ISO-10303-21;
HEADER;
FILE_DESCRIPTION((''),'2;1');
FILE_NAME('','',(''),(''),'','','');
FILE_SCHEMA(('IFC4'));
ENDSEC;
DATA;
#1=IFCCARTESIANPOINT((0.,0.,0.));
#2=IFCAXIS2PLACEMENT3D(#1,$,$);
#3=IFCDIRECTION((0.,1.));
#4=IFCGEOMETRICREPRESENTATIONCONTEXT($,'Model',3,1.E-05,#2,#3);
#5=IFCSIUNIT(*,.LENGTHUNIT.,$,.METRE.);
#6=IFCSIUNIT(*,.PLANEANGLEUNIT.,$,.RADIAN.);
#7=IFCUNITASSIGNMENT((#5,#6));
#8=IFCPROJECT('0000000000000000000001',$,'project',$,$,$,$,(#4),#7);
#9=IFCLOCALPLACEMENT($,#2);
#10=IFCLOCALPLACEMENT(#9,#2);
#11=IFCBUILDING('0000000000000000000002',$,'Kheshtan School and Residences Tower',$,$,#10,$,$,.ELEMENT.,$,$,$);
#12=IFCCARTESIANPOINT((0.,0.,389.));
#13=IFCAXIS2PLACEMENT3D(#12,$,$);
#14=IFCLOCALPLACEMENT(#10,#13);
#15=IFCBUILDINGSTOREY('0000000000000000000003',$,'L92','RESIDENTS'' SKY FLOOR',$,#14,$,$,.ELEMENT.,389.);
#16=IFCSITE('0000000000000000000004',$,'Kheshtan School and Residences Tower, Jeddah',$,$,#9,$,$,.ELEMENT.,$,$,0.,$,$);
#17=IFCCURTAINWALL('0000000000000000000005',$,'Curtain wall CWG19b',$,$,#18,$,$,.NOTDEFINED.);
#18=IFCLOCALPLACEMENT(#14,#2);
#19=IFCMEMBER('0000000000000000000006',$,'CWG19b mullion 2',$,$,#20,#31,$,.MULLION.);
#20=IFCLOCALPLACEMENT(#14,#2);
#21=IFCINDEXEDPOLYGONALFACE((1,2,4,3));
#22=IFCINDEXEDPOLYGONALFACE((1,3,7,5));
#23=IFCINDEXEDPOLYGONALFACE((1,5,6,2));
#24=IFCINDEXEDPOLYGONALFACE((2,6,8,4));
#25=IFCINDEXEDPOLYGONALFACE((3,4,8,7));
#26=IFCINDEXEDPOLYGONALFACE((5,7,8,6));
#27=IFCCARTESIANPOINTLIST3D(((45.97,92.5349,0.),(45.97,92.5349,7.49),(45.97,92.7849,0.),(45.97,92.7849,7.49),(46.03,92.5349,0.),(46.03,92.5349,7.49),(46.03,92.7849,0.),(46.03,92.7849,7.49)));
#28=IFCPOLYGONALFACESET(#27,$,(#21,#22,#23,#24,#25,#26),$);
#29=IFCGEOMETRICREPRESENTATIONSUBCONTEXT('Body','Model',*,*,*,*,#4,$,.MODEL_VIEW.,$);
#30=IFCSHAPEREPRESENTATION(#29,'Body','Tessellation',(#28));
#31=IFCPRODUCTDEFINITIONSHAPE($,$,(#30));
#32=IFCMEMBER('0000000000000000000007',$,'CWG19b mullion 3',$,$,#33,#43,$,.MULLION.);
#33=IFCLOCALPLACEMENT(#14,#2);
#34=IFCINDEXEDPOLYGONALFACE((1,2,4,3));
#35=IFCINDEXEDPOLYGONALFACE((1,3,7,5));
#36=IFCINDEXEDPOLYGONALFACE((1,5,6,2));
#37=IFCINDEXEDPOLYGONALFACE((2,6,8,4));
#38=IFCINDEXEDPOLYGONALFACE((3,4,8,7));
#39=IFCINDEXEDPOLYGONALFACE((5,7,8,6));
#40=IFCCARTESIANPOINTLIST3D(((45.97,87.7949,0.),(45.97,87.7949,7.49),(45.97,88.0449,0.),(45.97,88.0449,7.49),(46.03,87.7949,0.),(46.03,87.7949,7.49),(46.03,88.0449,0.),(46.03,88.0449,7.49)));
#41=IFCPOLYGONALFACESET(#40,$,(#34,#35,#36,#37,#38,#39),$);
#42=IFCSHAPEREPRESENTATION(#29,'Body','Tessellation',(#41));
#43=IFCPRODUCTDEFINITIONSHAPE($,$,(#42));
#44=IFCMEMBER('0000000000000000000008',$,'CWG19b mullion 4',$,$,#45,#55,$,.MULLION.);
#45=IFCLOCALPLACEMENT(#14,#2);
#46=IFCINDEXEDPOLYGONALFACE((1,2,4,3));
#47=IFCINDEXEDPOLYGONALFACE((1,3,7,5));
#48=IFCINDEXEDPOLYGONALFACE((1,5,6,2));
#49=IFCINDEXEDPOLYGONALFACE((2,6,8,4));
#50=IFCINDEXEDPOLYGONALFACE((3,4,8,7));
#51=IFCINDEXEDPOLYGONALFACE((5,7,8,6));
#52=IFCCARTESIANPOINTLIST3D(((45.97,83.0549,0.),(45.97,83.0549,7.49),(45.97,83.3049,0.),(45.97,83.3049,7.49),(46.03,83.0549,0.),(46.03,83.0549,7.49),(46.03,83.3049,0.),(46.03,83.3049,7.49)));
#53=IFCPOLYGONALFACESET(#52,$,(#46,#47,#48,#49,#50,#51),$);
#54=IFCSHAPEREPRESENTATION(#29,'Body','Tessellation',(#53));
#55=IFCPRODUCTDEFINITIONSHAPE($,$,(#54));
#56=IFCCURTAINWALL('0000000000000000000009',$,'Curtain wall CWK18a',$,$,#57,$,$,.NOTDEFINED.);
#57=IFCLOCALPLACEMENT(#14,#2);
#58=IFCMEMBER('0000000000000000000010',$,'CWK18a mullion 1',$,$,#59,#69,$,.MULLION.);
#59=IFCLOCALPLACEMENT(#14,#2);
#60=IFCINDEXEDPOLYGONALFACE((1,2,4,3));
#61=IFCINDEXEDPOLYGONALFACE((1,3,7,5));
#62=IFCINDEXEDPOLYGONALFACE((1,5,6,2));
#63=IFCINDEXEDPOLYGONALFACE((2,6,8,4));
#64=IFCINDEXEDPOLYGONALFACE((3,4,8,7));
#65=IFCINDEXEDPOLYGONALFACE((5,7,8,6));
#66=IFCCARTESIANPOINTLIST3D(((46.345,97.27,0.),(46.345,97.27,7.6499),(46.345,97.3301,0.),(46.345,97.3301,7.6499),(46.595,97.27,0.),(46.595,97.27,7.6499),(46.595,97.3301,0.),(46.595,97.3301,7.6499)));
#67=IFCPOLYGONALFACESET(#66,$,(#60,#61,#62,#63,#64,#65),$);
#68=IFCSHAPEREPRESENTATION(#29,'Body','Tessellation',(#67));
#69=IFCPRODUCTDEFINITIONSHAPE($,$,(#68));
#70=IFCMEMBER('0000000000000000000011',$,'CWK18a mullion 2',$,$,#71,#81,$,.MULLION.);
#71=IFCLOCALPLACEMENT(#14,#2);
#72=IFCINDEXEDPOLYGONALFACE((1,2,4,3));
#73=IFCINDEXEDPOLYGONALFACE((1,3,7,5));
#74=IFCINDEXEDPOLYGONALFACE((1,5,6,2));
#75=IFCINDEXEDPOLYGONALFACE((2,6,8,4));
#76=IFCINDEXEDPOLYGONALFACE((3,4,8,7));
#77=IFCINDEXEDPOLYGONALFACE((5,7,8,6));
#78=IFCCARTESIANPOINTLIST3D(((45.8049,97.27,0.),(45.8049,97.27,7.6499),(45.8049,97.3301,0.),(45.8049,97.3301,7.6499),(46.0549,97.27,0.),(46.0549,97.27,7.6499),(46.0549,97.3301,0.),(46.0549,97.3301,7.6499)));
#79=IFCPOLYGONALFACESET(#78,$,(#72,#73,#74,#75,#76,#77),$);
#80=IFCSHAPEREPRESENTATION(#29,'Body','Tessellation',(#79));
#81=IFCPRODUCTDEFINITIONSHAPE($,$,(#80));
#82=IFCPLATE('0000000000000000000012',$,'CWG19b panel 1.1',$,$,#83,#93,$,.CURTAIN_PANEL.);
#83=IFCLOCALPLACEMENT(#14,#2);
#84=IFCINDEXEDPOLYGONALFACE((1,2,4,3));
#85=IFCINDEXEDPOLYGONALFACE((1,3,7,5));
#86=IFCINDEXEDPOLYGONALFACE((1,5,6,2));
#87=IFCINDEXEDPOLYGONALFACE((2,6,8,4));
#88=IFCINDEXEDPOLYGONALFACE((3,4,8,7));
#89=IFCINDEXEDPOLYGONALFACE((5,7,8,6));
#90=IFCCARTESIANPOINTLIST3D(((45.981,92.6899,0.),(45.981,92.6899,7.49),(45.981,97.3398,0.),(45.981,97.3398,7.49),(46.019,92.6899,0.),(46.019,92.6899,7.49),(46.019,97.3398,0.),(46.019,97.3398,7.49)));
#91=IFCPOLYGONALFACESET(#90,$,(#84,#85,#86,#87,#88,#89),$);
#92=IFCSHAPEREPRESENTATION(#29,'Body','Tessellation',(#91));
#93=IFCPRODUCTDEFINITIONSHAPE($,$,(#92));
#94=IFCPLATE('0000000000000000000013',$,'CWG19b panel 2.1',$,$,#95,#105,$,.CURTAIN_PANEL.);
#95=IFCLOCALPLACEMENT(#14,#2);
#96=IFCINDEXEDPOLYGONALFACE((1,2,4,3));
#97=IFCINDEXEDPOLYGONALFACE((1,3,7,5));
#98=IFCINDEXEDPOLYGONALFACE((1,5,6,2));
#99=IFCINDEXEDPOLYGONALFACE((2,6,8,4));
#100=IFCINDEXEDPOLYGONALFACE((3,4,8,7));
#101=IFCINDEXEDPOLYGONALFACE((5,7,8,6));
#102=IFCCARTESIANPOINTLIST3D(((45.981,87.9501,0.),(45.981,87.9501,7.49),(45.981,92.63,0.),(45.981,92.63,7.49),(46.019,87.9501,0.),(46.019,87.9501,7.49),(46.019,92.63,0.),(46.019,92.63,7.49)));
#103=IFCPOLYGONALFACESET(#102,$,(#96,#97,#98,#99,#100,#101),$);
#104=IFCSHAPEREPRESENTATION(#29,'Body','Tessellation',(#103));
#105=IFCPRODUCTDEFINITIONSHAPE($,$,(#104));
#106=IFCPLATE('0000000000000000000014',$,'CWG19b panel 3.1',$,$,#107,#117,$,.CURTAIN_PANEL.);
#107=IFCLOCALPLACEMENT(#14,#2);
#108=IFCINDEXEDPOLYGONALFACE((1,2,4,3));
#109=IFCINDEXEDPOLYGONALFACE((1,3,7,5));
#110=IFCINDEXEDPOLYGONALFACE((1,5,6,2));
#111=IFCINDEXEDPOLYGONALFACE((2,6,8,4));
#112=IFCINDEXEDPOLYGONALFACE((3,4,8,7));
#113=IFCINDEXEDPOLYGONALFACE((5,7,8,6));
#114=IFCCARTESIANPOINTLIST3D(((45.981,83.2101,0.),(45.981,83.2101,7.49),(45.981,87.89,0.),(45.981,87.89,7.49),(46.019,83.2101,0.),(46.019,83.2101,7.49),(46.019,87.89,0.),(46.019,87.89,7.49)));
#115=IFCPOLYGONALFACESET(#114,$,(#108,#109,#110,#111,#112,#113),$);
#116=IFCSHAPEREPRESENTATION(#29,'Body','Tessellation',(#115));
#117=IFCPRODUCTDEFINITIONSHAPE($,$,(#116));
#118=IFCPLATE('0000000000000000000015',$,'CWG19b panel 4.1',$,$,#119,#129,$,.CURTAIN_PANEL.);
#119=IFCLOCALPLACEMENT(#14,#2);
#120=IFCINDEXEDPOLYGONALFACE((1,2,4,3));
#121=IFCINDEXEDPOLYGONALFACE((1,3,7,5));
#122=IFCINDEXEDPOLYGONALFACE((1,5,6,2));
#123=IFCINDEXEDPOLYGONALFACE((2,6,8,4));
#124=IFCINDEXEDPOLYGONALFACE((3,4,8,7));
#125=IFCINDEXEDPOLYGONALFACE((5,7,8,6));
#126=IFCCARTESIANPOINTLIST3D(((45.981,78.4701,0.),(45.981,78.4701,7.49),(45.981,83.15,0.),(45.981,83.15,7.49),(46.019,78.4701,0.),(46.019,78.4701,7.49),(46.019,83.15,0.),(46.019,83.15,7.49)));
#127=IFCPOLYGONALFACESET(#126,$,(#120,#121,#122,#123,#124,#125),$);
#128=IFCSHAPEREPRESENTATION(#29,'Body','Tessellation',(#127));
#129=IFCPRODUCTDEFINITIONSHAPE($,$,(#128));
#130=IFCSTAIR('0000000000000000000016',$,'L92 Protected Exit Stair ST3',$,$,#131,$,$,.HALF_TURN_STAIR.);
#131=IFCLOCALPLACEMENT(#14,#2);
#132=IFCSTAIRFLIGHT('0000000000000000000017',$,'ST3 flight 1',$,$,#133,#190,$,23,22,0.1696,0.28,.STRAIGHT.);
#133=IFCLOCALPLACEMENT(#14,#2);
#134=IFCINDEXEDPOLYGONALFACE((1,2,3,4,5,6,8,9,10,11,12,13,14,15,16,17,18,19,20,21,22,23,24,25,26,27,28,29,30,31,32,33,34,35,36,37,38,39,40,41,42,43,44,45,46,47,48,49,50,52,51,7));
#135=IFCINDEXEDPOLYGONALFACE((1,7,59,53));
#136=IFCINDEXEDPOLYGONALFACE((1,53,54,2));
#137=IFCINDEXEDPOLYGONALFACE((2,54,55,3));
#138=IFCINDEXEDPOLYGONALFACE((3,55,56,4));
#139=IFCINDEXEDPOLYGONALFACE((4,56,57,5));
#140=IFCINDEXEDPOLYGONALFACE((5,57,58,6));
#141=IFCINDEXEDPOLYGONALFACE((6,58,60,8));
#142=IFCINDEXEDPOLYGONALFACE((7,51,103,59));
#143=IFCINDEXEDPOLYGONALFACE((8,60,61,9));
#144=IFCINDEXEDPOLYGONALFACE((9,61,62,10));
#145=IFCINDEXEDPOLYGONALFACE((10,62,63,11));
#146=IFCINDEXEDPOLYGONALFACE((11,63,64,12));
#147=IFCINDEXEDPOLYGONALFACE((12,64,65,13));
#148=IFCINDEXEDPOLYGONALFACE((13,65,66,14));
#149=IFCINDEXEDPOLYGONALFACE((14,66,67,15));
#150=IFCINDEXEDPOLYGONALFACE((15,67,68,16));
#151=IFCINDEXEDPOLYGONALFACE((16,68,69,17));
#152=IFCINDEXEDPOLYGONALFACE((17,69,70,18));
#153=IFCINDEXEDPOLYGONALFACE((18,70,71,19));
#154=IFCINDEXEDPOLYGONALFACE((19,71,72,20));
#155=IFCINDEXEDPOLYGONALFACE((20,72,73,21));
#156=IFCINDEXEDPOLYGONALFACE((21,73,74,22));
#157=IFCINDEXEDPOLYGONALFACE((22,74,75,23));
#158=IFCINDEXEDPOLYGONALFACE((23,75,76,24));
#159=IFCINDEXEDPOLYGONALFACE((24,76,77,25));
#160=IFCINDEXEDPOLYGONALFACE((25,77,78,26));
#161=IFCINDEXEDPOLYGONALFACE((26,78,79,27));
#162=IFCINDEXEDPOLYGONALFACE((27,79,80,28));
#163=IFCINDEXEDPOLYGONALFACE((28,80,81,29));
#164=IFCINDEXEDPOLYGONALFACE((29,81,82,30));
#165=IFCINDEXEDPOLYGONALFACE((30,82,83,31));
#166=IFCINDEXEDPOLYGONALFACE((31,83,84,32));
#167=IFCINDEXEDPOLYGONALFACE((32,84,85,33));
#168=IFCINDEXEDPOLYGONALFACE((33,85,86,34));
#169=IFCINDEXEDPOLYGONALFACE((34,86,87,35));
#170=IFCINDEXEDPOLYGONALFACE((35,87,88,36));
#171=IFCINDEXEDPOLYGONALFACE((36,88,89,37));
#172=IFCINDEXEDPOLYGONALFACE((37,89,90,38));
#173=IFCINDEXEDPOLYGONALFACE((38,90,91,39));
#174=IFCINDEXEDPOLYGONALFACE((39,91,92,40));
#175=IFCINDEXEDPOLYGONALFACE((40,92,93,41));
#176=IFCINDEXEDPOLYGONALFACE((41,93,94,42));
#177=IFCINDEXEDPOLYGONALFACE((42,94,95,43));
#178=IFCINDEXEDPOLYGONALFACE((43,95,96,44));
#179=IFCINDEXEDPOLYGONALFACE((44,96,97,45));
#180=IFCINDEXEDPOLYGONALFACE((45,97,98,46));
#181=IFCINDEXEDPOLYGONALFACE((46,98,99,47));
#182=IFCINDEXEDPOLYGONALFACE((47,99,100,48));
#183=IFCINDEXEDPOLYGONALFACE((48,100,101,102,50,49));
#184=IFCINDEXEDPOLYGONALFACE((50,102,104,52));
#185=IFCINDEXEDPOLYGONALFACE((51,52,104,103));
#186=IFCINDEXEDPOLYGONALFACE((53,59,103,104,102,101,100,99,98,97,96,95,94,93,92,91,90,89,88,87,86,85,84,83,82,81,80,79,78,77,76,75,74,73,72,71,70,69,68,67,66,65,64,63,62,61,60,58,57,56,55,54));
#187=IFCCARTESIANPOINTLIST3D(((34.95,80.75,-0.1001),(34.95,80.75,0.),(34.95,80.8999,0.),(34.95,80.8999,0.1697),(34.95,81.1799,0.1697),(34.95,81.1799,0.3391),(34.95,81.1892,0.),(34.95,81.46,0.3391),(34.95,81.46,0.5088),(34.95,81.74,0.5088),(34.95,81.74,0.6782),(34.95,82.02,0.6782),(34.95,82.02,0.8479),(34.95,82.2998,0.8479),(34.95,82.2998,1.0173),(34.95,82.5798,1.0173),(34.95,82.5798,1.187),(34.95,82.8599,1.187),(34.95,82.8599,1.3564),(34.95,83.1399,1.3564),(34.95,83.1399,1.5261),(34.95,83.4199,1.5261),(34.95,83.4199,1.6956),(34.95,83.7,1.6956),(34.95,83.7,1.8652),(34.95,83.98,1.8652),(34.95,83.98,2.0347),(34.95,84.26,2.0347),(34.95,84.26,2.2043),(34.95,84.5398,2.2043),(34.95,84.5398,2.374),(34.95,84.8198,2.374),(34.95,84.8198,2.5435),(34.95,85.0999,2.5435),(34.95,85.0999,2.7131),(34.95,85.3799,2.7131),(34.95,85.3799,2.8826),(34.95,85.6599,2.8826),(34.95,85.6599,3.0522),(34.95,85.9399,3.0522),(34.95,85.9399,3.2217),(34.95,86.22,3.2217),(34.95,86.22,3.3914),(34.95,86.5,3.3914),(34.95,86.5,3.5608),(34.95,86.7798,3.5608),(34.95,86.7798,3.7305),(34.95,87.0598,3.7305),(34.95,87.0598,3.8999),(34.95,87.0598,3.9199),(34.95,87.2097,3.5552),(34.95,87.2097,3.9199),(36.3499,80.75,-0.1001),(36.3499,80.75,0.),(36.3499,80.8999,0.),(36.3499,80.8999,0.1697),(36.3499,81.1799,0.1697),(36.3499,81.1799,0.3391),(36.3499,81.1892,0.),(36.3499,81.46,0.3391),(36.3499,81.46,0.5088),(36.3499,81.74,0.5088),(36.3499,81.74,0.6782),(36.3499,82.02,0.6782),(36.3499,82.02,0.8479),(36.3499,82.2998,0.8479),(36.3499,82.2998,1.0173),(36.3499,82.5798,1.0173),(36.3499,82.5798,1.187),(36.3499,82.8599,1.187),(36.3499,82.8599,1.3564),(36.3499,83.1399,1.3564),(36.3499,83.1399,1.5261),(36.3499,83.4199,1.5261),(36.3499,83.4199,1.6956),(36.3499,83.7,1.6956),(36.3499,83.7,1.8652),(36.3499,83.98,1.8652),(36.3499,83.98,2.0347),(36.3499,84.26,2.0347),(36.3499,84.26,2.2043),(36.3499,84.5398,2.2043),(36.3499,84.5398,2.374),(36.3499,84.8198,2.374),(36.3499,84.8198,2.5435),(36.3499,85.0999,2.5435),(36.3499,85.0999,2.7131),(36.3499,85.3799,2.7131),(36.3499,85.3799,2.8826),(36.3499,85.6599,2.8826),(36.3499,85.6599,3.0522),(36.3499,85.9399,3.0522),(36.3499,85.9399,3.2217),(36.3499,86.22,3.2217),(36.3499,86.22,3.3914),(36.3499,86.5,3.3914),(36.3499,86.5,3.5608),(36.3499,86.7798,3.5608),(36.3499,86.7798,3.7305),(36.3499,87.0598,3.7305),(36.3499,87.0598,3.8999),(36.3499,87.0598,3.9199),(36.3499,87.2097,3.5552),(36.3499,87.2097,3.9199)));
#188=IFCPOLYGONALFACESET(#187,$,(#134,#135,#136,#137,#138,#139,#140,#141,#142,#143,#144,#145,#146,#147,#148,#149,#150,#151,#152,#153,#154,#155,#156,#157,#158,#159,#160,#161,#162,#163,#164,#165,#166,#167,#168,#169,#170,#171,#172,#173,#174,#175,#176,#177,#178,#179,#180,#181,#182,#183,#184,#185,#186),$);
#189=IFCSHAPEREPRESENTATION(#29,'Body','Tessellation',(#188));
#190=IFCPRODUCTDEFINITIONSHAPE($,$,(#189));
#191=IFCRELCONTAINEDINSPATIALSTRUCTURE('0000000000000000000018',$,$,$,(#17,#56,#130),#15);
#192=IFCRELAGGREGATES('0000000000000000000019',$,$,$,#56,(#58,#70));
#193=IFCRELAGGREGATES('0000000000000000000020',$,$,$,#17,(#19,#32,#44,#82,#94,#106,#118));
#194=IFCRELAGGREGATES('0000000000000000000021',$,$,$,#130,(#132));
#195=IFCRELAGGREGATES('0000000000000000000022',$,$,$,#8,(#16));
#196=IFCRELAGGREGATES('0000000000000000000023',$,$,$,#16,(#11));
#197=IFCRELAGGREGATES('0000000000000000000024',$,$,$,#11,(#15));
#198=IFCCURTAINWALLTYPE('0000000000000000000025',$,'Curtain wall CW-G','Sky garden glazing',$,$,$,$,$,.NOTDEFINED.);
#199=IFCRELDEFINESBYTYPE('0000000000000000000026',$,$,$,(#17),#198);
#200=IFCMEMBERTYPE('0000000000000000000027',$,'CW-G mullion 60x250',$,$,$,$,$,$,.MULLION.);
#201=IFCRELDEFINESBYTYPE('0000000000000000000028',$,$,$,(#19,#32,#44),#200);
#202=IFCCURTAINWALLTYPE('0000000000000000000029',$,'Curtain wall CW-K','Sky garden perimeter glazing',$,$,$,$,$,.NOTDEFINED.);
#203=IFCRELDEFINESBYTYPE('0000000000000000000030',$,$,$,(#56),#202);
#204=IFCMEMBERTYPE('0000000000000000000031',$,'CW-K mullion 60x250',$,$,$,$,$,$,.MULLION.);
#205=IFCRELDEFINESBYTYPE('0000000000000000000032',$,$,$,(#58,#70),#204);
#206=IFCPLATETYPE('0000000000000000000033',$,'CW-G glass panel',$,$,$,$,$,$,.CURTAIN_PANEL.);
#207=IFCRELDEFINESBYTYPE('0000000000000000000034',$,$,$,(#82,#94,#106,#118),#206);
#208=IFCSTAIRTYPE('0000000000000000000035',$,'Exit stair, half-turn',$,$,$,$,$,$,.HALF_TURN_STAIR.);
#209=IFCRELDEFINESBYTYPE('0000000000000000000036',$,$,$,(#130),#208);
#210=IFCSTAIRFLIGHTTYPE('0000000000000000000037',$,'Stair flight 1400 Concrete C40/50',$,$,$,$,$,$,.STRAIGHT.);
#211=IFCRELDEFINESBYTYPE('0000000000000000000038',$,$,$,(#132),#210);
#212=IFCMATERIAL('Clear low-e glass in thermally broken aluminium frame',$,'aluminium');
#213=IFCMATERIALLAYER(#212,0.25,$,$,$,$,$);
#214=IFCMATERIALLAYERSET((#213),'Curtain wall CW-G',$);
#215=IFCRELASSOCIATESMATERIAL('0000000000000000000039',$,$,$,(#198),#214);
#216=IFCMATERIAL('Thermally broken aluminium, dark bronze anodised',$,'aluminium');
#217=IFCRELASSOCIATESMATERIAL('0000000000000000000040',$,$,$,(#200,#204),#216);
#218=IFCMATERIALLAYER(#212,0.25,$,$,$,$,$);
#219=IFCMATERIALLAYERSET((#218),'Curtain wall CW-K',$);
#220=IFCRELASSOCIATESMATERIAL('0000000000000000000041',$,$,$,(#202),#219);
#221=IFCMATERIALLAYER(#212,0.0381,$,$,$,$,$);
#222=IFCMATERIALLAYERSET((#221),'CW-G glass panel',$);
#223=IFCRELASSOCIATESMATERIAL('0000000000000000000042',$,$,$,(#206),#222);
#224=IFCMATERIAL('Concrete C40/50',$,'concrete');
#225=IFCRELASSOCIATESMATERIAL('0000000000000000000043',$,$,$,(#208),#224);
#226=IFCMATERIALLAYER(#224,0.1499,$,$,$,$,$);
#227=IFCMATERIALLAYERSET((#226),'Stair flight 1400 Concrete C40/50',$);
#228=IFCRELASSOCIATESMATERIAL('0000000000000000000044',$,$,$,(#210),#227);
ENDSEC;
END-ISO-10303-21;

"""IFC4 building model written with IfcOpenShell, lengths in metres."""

from ifc_helpers import new_model, si_unit, direction, frame, origin, origin_2d, place, context, subcontext, project, spatial, polyline, rectangle, outline, extrude, material, layer, layer_set, material_profile, profile_set, type_object, element, aggregate, save


model = new_model("IFC4")

# Units and contexts
model_context = context("Model", 3, precision=1e-05, world=origin(), true_north=direction((0.0, 1.0)))
body_context = subcontext(model_context, "Body", "Model", "MODEL_VIEW")
ifc_project = project(units=[si_unit("LENGTHUNIT", "METRE"), si_unit("PLANEANGLEUNIT", "RADIAN")], contexts=[model_context])

# Site, building, storey
site_placement = place(None, origin())
site = spatial("IfcSite", under=ifc_project, at=site_placement, Name="Kheshtan School and Residences Tower, Jeddah", CompositionType="ELEMENT", RefElevation=0.0)
building_placement = place(site_placement, origin())
building = spatial("IfcBuilding", under=site, at=building_placement, Name="Kheshtan School and Residences Tower", CompositionType="ELEMENT")
storey_placement = place(building_placement, frame((0.0, 0.0, 389.0)))
storey = spatial("IfcBuildingStorey", under=building, at=storey_placement, Name="L92", Description="RESIDENTS' SKY FLOOR", CompositionType="ELEMENT", Elevation=389.0)

# Curtain walls, members
ifc_material_1 = material(Name="Clear low-e glass in thermally broken aluminium frame", Category="aluminium")
ifc_layer_1 = layer(ifc_material_1, 0.25)
ifc_layer_set_1 = layer_set([ifc_layer_1], Name="Curtain wall CW-G")
curtain_wall_type_1 = type_object("IfcCurtainWallType", Name="Curtain wall CW-G", Description="Sky garden glazing", PredefinedType="NOTDEFINED", material=ifc_layer_set_1)
curtain_wall_1_placement = place(storey_placement, origin())
curtain_wall_1 = element("IfcCurtainWall", 1, at=curtain_wall_1_placement, inside=storey, type_object=curtain_wall_type_1, Name="Curtain wall CWG19b", PredefinedType="NOTDEFINED")
ifc_material_2 = material(Name="Thermally broken aluminium, dark bronze anodised", Category="aluminium")
ifc_material_profile_1 = material_profile(ifc_material_2, rectangle(XDim=0.0601, YDim=0.25, at=origin_2d()), Name="CW-G mullion 60x250")
ifc_profile_set_1 = profile_set([ifc_material_profile_1], Name="Thermally broken aluminium, dark bronze anodised")
member_type_1 = type_object("IfcMemberType", Name="CW-G mullion 60x250", PredefinedType="MULLION", material=ifc_profile_set_1)
member_1_placement = place(storey_placement, frame((46.0, 92.6599, 0.0), z_axis=(0.0, 0.0, 1.0), x_axis=(1.0, 0.0, 0.0)))
member_1 = element("IfcMember", 2, at=member_1_placement, type_object=member_type_1, Name="CWG19b mullion 2", PredefinedType="MULLION", context=body_context, shape_type="SweptSolid", body=[
    extrude(rectangle(XDim=0.0601, YDim=0.25, at=origin_2d()), origin(), (0.0, 0.0, 1.0), 7.49),
])
member_2_placement = place(storey_placement, frame((46.0, 87.9199, 0.0), z_axis=(0.0, 0.0, 1.0), x_axis=(1.0, 0.0, 0.0)))
member_2 = element("IfcMember", 3, at=member_2_placement, type_object=member_type_1, Name="CWG19b mullion 3", PredefinedType="MULLION", context=body_context, shape_type="SweptSolid", body=[
    extrude(rectangle(XDim=0.0601, YDim=0.25, at=origin_2d()), origin(), (0.0, 0.0, 1.0), 7.49),
])
member_3_placement = place(storey_placement, frame((46.0, 83.1799, 0.0), z_axis=(0.0, 0.0, 1.0), x_axis=(1.0, 0.0, 0.0)))
member_3 = element("IfcMember", 4, at=member_3_placement, type_object=member_type_1, Name="CWG19b mullion 4", PredefinedType="MULLION", context=body_context, shape_type="SweptSolid", body=[
    extrude(rectangle(XDim=0.0601, YDim=0.25, at=origin_2d()), origin(), (0.0, 0.0, 1.0), 7.49),
])
ifc_layer_2 = layer(ifc_material_1, 0.25)
ifc_layer_set_2 = layer_set([ifc_layer_2], Name="Curtain wall CW-K")
curtain_wall_type_2 = type_object("IfcCurtainWallType", Name="Curtain wall CW-K", Description="Sky garden perimeter glazing", PredefinedType="NOTDEFINED", material=ifc_layer_set_2)
curtain_wall_2_placement = place(storey_placement, origin())
curtain_wall_2 = element("IfcCurtainWall", 5, at=curtain_wall_2_placement, inside=storey, type_object=curtain_wall_type_2, Name="Curtain wall CWK18a", PredefinedType="NOTDEFINED")
ifc_material_profile_2 = material_profile(ifc_material_2, rectangle(XDim=0.0601, YDim=0.25, at=origin_2d()), Name="CW-K mullion 60x250")
ifc_profile_set_2 = profile_set([ifc_material_profile_2], Name="Thermally broken aluminium, dark bronze anodised")
member_type_2 = type_object("IfcMemberType", Name="CW-K mullion 60x250", PredefinedType="MULLION", material=ifc_profile_set_2)
member_4_placement = place(storey_placement, frame((46.47, 97.3, 0.0), z_axis=(0.0, 0.0, 1.0), x_axis=(0.0, -1.0, 0.0)))
member_4 = element("IfcMember", 6, at=member_4_placement, type_object=member_type_2, Name="CWK18a mullion 1", PredefinedType="MULLION", context=body_context, shape_type="SweptSolid", body=[
    extrude(rectangle(XDim=0.0601, YDim=0.25, at=origin_2d()), origin(), (0.0, 0.0, 1.0), 7.6499),
])
member_5_placement = place(storey_placement, frame((45.9299, 97.3, 0.0), z_axis=(0.0, 0.0, 1.0), x_axis=(0.0, -1.0, 0.0)))
member_5 = element("IfcMember", 7, at=member_5_placement, type_object=member_type_2, Name="CWK18a mullion 2", PredefinedType="MULLION", context=body_context, shape_type="SweptSolid", body=[
    extrude(rectangle(XDim=0.0601, YDim=0.25, at=origin_2d()), origin(), (0.0, 0.0, 1.0), 7.6499),
])
aggregate(curtain_wall_2, [member_4, member_5])

# Plates
ifc_layer_3 = layer(ifc_material_1, 0.0381)
ifc_layer_set_3 = layer_set([ifc_layer_3], Name="CW-G glass panel")
plate_type = type_object("IfcPlateType", Name="CW-G glass panel", PredefinedType="CURTAIN_PANEL", material=ifc_layer_set_3)
plate_1_placement = place(storey_placement, frame((46.0, 95.0149, 0.0), z_axis=(0.0, 0.0, 1.0), x_axis=(0.0, -1.0, 0.0)))
plate_1 = element("IfcPlate", 8, at=plate_1_placement, type_object=plate_type, Name="CWG19b panel 1.1", PredefinedType="CURTAIN_PANEL", context=body_context, shape_type="SweptSolid", body=[
    extrude(rectangle(XDim=4.6499, YDim=0.0381, at=origin_2d()), origin(), (0.0, 0.0, 1.0), 7.49),
])
plate_2_placement = place(storey_placement, frame((46.0, 90.29, 0.0), z_axis=(0.0, 0.0, 1.0), x_axis=(0.0, -1.0, 0.0)))
plate_2 = element("IfcPlate", 9, at=plate_2_placement, type_object=plate_type, Name="CWG19b panel 2.1", PredefinedType="CURTAIN_PANEL", context=body_context, shape_type="SweptSolid", body=[
    extrude(rectangle(XDim=4.6799, YDim=0.0381, at=origin_2d()), origin(), (0.0, 0.0, 1.0), 7.49),
])
plate_3_placement = place(storey_placement, frame((46.0, 85.55, 0.0), z_axis=(0.0, 0.0, 1.0), x_axis=(0.0, -1.0, 0.0)))
plate_3 = element("IfcPlate", 10, at=plate_3_placement, type_object=plate_type, Name="CWG19b panel 3.1", PredefinedType="CURTAIN_PANEL", context=body_context, shape_type="SweptSolid", body=[
    extrude(rectangle(XDim=4.6799, YDim=0.0381, at=origin_2d()), origin(), (0.0, 0.0, 1.0), 7.49),
])
plate_4_placement = place(storey_placement, frame((46.0, 80.8101, 0.0), z_axis=(0.0, 0.0, 1.0), x_axis=(0.0, -1.0, 0.0)))
plate_4 = element("IfcPlate", 11, at=plate_4_placement, type_object=plate_type, Name="CWG19b panel 4.1", PredefinedType="CURTAIN_PANEL", context=body_context, shape_type="SweptSolid", body=[
    extrude(rectangle(XDim=4.6799, YDim=0.0381, at=origin_2d()), origin(), (0.0, 0.0, 1.0), 7.49),
])
aggregate(curtain_wall_1, [member_1, member_2, member_3, plate_1, plate_2, plate_3, plate_4])

# Stair, stair flight
ifc_material_3 = material(Name="Concrete C40/50", Category="concrete")
stair_type = type_object("IfcStairType", Name="Exit stair, half-turn", PredefinedType="HALF_TURN_STAIR", material=ifc_material_3)
stair_placement = place(storey_placement, origin())
stair = element("IfcStair", 12, at=stair_placement, inside=storey, type_object=stair_type, Name="L92 Protected Exit Stair ST3", PredefinedType="HALF_TURN_STAIR")
ifc_layer_4 = layer(ifc_material_3, 0.1499)
ifc_layer_set_4 = layer_set([ifc_layer_4], Name="Stair flight 1400 Concrete C40/50")
stair_flight_type = type_object("IfcStairFlightType", Name="Stair flight 1400 Concrete C40/50", PredefinedType="STRAIGHT", material=ifc_layer_set_4)
stair_flight_1_placement = place(storey_placement, frame((35.6499, 80.8999, 0.0), z_axis=(0.0, 0.0, 1.0), x_axis=(0.0, 1.0, 0.0)))
stair_flight_1 = element("IfcStairFlight", 13, at=stair_flight_1_placement, type_object=stair_flight_type, Name="ST3 flight 1", NumberOfRisers=23, NumberOfTreads=22, PredefinedType="STRAIGHT", RiserHeight=0.1696, TreadLength=0.28, context=body_context, shape_type="SweptSolid", body=[
    extrude(outline(polyline([(-0.1499, -0.1001), (-0.1499, 0.0), (0.0, 0.0), (0.0, 0.1697), (0.28, 0.1697), (0.28, 0.3391), (0.5601, 0.3391), (0.5601, 0.5088), (0.8401, 0.5088), (0.8401, 0.6782), (1.1201, 0.6782), (1.1201, 0.8479), (1.3999, 0.8479), (1.3999, 1.0173), (1.6799, 1.0173), (1.6799, 1.187), (1.96, 1.187), (1.96, 1.3564), (2.24, 1.3564), (2.24, 1.5261), (2.52, 1.5261), (2.52, 1.6956), (2.8, 1.6956), (2.8, 1.8652), (3.0801, 1.8652), (3.0801, 2.0347), (3.3601, 2.0347), (3.3601, 2.2043), (3.6399, 2.2043), (3.6399, 2.374), (3.9199, 2.374), (3.9199, 2.5435), (4.2, 2.5435), (4.2, 2.7131), (4.48, 2.7131), (4.48, 2.8826), (4.76, 2.8826), (4.76, 3.0522), (5.04, 3.0522), (5.04, 3.2217), (5.3201, 3.2217), (5.3201, 3.3914), (5.6001, 3.3914), (5.6001, 3.5608), (5.8799, 3.5608), (5.8799, 3.7305), (6.1599, 3.7305), (6.1599, 3.8999), (6.1599, 3.9199), (6.3098, 3.9199), (6.3098, 3.5552), (0.2893, 0.0), (-0.1499, -0.1001)])), frame((0.0, 0.7, 0.0), z_axis=(0.0, -1.0, 0.0), x_axis=(1.0, 0.0, 0.0)), (0.0, 0.0, 1.0), 1.3999),
])
aggregate(stair, [stair_flight_1])

save(model, "model.ifc")
